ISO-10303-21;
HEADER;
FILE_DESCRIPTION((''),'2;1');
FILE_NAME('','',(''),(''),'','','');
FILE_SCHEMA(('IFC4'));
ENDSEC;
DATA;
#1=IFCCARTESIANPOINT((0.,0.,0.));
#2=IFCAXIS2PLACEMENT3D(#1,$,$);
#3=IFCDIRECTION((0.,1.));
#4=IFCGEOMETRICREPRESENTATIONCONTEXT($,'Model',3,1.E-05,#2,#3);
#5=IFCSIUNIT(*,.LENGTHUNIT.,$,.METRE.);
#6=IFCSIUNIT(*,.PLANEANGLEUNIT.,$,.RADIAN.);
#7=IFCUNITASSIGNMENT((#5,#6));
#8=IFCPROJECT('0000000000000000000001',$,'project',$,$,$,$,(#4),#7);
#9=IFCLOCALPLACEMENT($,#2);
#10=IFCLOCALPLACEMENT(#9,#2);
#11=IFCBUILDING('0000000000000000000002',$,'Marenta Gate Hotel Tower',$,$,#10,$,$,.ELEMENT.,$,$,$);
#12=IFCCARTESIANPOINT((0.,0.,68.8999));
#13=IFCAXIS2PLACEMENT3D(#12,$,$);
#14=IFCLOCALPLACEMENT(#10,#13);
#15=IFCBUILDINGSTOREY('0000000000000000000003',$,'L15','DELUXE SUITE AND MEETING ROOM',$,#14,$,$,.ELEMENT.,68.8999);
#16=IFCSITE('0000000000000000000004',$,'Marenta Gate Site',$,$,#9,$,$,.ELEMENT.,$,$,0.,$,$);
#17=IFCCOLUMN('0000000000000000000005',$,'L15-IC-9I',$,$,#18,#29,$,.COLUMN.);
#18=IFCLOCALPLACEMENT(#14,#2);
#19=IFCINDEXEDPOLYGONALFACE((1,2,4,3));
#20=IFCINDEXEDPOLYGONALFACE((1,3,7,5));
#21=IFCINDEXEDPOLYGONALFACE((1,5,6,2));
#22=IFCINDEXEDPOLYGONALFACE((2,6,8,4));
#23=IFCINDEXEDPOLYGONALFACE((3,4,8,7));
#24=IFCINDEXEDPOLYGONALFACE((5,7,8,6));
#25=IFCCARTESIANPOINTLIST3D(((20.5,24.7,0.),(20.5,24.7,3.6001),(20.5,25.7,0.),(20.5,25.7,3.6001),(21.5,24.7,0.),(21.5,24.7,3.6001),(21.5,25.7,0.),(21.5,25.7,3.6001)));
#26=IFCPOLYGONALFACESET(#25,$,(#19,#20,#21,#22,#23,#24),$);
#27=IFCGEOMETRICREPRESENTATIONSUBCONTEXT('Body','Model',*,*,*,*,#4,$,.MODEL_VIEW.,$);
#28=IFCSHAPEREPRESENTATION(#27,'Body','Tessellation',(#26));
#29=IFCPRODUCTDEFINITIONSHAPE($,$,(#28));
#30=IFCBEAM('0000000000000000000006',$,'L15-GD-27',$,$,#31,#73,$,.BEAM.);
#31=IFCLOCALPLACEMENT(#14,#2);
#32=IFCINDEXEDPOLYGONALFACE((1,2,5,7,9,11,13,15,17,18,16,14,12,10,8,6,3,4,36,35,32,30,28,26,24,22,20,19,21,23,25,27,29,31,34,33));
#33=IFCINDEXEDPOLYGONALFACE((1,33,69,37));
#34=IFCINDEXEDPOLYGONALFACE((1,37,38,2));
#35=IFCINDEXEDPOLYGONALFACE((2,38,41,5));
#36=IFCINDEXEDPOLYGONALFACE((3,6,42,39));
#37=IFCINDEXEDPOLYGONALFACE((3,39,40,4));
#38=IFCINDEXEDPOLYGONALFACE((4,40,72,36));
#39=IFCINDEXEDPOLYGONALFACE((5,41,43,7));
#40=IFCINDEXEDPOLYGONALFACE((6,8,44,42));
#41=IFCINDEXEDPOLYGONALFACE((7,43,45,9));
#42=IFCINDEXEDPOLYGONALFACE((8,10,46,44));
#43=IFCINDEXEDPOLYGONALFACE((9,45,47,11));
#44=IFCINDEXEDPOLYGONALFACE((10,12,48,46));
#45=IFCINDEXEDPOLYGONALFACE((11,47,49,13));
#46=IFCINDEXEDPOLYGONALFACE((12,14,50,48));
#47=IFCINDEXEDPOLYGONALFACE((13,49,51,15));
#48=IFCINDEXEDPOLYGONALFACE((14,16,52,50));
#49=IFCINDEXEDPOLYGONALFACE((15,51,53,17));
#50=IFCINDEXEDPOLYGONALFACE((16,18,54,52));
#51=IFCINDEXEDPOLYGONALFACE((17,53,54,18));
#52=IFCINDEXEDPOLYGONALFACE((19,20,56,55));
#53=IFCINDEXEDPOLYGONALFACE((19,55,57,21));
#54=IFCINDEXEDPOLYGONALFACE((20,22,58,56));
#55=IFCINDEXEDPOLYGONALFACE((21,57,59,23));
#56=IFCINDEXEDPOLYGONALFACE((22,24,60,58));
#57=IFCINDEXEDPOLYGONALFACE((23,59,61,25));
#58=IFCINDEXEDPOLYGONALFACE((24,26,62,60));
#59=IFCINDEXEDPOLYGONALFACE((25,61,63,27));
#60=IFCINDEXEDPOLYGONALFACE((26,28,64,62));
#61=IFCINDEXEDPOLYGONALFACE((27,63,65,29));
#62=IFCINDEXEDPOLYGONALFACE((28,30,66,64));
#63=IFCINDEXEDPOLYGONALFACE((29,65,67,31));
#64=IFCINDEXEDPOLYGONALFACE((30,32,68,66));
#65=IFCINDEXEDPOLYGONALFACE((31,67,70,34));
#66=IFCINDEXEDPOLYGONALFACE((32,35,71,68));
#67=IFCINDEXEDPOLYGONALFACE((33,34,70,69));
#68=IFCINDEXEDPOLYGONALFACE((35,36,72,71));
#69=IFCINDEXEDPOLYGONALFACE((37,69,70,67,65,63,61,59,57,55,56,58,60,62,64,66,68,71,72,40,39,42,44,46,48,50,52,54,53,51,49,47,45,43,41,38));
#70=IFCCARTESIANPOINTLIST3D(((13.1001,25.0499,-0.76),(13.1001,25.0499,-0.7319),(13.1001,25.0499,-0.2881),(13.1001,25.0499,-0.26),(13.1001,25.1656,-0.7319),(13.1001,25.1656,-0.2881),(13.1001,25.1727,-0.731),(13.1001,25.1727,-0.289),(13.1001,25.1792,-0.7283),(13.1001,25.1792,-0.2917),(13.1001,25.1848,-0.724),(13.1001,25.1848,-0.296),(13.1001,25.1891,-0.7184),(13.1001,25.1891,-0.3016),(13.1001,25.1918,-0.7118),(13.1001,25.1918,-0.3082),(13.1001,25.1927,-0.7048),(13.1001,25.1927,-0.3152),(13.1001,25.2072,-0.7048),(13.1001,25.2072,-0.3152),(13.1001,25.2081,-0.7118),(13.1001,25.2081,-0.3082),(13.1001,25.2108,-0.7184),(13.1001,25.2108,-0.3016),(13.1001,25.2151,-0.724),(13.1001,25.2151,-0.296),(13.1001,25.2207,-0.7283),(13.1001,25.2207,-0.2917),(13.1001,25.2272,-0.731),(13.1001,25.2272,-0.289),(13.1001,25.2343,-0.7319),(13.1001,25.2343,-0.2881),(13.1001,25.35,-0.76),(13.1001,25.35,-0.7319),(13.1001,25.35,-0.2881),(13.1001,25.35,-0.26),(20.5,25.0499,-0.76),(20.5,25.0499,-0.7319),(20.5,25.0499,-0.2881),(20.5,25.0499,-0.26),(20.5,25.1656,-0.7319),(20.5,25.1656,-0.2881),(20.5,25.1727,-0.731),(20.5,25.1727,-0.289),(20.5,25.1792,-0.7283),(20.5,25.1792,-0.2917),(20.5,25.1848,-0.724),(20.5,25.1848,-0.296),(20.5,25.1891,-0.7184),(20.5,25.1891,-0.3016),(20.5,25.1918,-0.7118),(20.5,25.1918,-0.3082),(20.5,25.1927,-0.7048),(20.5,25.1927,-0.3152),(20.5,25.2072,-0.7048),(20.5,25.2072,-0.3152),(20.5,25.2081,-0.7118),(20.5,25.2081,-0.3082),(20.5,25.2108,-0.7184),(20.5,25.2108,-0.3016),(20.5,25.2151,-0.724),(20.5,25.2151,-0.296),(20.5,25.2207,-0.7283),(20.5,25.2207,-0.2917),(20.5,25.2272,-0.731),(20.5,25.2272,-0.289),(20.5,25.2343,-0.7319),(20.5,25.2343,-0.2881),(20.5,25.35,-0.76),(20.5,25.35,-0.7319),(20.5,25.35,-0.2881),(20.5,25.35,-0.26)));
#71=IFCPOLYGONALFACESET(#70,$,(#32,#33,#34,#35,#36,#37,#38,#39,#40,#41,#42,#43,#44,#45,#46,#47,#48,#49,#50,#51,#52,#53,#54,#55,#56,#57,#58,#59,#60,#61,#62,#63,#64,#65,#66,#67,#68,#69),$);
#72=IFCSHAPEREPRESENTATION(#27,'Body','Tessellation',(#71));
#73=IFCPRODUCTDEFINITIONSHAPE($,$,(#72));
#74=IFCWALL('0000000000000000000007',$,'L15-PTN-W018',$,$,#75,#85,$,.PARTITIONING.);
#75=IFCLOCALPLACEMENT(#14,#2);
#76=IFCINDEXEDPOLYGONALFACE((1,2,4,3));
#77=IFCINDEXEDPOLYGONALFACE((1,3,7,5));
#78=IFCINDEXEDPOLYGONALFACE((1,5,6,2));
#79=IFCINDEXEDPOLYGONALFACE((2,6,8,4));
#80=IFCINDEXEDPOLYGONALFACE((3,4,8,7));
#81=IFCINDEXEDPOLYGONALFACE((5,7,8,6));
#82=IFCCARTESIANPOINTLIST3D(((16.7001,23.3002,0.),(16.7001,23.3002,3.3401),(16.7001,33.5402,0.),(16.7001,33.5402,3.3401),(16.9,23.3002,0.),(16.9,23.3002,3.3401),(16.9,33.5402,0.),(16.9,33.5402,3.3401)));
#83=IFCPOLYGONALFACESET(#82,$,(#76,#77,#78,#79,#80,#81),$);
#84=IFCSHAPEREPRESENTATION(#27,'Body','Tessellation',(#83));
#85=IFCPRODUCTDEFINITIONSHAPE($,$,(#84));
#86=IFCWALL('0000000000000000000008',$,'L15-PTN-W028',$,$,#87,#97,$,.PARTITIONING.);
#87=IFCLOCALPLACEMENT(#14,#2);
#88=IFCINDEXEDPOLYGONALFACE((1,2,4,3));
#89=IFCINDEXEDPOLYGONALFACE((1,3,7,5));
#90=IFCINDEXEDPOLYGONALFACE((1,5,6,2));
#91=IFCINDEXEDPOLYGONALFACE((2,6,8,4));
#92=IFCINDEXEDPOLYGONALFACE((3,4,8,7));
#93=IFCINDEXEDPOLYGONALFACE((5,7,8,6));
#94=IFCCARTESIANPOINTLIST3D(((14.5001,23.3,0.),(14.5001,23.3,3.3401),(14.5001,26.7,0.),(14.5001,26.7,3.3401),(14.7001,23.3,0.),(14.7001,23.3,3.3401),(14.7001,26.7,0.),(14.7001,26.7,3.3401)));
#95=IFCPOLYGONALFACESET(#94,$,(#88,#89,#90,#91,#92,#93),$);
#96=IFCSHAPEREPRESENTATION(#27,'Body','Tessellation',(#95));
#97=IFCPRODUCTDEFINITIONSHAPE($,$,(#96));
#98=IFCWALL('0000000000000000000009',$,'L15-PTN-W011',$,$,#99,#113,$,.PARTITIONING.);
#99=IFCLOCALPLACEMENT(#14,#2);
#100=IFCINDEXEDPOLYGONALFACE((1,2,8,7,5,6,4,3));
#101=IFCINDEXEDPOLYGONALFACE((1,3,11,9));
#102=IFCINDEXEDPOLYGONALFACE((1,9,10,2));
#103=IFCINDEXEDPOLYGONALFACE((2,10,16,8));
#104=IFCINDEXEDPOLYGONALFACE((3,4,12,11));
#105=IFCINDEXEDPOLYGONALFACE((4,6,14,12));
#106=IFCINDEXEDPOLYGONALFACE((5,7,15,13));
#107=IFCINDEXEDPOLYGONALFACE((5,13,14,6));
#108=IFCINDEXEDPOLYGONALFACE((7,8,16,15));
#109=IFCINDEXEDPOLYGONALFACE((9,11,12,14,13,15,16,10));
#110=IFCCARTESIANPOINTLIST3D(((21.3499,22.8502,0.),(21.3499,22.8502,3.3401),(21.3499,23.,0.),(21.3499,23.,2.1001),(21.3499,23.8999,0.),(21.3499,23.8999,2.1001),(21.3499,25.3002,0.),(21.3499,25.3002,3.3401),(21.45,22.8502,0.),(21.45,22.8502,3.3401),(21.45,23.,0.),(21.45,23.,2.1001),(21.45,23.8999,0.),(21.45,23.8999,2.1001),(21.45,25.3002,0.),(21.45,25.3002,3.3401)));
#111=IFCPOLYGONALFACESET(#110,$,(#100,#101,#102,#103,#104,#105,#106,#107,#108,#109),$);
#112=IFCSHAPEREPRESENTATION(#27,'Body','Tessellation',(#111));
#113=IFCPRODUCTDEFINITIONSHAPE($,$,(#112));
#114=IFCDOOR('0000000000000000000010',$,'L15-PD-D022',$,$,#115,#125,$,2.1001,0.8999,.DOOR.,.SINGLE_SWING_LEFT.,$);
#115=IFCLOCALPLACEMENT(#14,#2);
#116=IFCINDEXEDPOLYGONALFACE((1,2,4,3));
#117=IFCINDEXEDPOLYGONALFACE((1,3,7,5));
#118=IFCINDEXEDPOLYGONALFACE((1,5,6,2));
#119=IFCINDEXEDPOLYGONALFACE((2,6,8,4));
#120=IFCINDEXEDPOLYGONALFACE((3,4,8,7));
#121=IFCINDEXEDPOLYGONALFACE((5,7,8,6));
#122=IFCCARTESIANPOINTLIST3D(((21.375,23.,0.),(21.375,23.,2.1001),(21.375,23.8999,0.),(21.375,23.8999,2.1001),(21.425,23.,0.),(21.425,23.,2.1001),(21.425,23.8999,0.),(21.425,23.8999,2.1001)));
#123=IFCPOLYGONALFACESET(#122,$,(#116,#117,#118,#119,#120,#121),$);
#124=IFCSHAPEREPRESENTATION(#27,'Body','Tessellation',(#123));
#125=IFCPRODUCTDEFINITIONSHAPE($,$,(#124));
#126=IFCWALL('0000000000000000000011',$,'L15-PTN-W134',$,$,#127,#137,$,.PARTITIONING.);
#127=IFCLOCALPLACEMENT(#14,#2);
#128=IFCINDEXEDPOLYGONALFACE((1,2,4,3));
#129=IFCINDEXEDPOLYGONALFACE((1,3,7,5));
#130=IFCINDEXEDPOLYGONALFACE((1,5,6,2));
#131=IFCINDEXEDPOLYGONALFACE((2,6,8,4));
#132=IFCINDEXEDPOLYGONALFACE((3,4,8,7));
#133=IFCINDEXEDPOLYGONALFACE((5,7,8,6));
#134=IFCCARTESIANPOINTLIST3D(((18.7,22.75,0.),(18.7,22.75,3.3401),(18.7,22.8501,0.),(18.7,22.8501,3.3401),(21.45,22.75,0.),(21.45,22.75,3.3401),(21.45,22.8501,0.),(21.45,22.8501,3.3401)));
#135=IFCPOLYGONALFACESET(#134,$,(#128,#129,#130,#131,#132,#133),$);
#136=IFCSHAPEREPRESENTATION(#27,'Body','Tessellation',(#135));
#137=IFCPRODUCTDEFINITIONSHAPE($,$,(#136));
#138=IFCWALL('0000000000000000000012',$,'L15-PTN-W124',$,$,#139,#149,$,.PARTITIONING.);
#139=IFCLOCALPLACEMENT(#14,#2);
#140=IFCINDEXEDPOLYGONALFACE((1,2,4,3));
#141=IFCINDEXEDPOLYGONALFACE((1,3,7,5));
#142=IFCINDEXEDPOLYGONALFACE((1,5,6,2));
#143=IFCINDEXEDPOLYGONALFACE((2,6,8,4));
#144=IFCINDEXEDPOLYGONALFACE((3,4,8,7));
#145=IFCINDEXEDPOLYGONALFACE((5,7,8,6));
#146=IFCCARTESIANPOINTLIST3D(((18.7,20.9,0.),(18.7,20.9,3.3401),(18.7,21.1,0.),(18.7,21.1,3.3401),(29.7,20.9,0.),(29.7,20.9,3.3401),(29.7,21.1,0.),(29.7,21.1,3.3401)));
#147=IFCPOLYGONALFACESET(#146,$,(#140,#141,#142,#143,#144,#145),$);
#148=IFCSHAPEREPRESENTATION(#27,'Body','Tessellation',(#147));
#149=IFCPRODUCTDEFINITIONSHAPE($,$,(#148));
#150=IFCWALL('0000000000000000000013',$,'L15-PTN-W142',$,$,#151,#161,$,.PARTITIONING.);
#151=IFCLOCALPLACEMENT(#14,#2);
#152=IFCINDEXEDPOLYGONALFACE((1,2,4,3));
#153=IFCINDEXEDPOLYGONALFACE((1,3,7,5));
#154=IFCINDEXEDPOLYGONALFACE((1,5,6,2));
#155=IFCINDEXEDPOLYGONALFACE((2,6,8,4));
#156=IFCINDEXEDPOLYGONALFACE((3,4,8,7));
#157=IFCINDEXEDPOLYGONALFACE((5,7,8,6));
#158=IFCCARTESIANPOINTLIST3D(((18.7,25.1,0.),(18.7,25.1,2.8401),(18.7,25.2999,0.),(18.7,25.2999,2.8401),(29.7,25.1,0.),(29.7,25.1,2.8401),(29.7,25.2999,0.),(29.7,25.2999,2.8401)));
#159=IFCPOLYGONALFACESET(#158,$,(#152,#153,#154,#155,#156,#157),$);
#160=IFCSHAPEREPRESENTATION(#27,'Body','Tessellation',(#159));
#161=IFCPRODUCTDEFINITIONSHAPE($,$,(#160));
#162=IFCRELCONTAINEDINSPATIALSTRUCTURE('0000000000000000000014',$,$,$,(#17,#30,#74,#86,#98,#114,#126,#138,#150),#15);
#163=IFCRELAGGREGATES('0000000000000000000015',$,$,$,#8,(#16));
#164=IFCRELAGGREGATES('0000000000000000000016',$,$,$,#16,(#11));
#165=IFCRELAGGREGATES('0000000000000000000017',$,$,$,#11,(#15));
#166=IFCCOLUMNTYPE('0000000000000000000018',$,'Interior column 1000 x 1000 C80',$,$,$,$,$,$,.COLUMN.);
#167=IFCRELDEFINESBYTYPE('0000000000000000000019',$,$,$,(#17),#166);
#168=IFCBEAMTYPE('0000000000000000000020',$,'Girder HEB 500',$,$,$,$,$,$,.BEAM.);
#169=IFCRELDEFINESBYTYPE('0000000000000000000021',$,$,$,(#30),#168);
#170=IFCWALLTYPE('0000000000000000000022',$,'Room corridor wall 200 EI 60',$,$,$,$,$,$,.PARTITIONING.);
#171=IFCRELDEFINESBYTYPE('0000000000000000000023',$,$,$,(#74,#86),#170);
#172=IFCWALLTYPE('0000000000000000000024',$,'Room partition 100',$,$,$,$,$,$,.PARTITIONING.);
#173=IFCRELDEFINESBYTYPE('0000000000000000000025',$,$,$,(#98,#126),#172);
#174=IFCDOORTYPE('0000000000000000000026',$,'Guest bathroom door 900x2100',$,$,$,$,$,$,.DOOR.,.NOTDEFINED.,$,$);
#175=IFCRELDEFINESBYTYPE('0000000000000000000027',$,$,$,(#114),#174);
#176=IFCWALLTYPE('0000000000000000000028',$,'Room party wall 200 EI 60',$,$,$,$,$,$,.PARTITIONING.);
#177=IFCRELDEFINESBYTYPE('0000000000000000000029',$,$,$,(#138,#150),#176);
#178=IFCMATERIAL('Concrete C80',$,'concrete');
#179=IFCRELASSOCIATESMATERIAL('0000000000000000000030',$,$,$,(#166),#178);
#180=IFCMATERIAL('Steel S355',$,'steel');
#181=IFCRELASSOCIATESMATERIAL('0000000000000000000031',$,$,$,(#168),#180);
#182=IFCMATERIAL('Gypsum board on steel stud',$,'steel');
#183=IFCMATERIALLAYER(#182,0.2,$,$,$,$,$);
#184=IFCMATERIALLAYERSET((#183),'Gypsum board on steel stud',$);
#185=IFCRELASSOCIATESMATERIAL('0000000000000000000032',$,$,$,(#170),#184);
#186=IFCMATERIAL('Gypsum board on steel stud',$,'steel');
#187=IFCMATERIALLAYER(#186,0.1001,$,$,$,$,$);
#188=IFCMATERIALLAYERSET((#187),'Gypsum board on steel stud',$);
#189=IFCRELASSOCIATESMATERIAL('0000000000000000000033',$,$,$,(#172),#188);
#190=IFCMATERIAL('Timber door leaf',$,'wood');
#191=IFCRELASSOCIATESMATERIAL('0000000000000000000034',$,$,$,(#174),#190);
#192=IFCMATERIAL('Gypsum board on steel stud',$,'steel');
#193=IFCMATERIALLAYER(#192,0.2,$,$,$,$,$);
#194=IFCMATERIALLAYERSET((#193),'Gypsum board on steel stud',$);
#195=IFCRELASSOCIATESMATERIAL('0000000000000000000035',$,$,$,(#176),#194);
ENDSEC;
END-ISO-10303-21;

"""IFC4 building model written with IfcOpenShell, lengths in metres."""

from ifc_helpers import new_model, si_unit, direction, frame, frame_2d, origin, origin_2d, place, context, subcontext, project, spatial, rectangle, i_section, extrude, material, layer, layer_set, material_profile, profile_set, type_object, element, fill, save


model = new_model("IFC4")

# Units and contexts
model_context = context("Model", 3, precision=1e-05, world=origin(), true_north=direction((0.0, 1.0)))
body_context = subcontext(model_context, "Body", "Model", "MODEL_VIEW")
ifc_project = project(units=[si_unit("LENGTHUNIT", "METRE"), si_unit("PLANEANGLEUNIT", "RADIAN")], contexts=[model_context])

# Site, building, storey
site_placement = place(None, origin())
site = spatial("IfcSite", under=ifc_project, at=site_placement, Name="Marenta Gate Site", CompositionType="ELEMENT", RefElevation=0.0)
building_placement = place(site_placement, origin())
building = spatial("IfcBuilding", under=site, at=building_placement, Name="Marenta Gate Hotel Tower", CompositionType="ELEMENT")
storey_placement = place(building_placement, frame((0.0, 0.0, 68.8999)))
storey = spatial("IfcBuildingStorey", under=building, at=storey_placement, Name="L15", Description="DELUXE SUITE AND MEETING ROOM", CompositionType="ELEMENT", Elevation=68.8999)

# Column
ifc_material_1 = material(Name="Concrete C80", Category="concrete")
ifc_material_profile_1 = material_profile(ifc_material_1, rectangle(XDim=1.0, YDim=1.0, at=origin_2d()), Name="1000 x 1000")
ifc_profile_set_1 = profile_set([ifc_material_profile_1], Name="Concrete C80")
column_type = type_object("IfcColumnType", Name="Interior column 1000 x 1000 C80", PredefinedType="COLUMN", material=ifc_profile_set_1)
column_placement = place(storey_placement, frame((21.0, 25.2, 0.0), z_axis=(0.0, 0.0, 1.0), x_axis=(1.0, 0.0, 0.0)))
element("IfcColumn", 1, at=column_placement, inside=storey, type_object=column_type, Name="L15-IC-9I", PredefinedType="COLUMN", context=body_context, shape_type="SweptSolid", body=[
    extrude(rectangle(XDim=1.0, YDim=1.0, at=origin_2d()), origin(), (0.0, 0.0, 1.0), 3.6001),
])

# Beam
ifc_material_2 = material(Name="Steel S355", Category="steel")
ifc_material_profile_2 = material_profile(ifc_material_2, i_section(OverallWidth=0.3, OverallDepth=0.5, WebThickness=0.0144, FlangeThickness=0.0281, FilletRadius=0.0271, at=origin_2d()), Name="HEB 500")
ifc_profile_set_2 = profile_set([ifc_material_profile_2], Name="Steel S355")
beam_type = type_object("IfcBeamType", Name="Girder HEB 500", PredefinedType="BEAM", material=ifc_profile_set_2)
beam_placement = place(storey_placement, frame((13.1001, 25.2, -0.51), z_axis=(1.0, 0.0, 0.0), x_axis=(0.0, 1.0, 0.0)))
element("IfcBeam", 2, at=beam_placement, inside=storey, type_object=beam_type, Name="L15-GD-27", PredefinedType="BEAM", context=body_context, shape_type="SweptSolid", body=[
    extrude(i_section(OverallWidth=0.3, OverallDepth=0.5, WebThickness=0.0144, FlangeThickness=0.0281, FilletRadius=0.0271, at=origin_2d()), origin(), (0.0, 0.0, 1.0), 7.3999),
])

# Walls
ifc_material_3 = material(Name="Gypsum board on steel stud", Category="steel")
ifc_layer_1 = layer(ifc_material_3, 0.2)
ifc_layer_set_1 = layer_set([ifc_layer_1], Name="Gypsum board on steel stud")
wall_type_1 = type_object("IfcWallType", Name="Room corridor wall 200 EI 60", PredefinedType="PARTITIONING", material=ifc_layer_set_1)
wall_1_placement = place(storey_placement, frame((16.8, 23.3, 0.0), z_axis=(0.0, 0.0, 1.0), x_axis=(0.0, 1.0, 0.0)))
element("IfcWall", 3, at=wall_1_placement, inside=storey, type_object=wall_type_1, Name="L15-PTN-W018", PredefinedType="PARTITIONING", context=body_context, shape_type="SweptSolid", body=[
    extrude(rectangle(XDim=10.24, YDim=0.2, at=frame_2d((5.1201, 0.0))), origin(), (0.0, 0.0, 1.0), 3.3401),
])
wall_2_placement = place(storey_placement, frame((14.6001, 23.3, 0.0), z_axis=(0.0, 0.0, 1.0), x_axis=(0.0, 1.0, 0.0)))
element("IfcWall", 4, at=wall_2_placement, inside=storey, type_object=wall_type_1, Name="L15-PTN-W028", PredefinedType="PARTITIONING", context=body_context, shape_type="SweptSolid", body=[
    extrude(rectangle(XDim=3.3999, YDim=0.2, at=frame_2d((1.7, 0.0))), origin(), (0.0, 0.0, 1.0), 3.3401),
])

# Wall, opening, door
ifc_material_4 = material(Name="Gypsum board on steel stud", Category="steel")
ifc_layer_2 = layer(ifc_material_4, 0.1001)
ifc_layer_set_2 = layer_set([ifc_layer_2], Name="Gypsum board on steel stud")
wall_type_2 = type_object("IfcWallType", Name="Room partition 100", PredefinedType="PARTITIONING", material=ifc_layer_set_2)
wall_3_placement = place(storey_placement, frame((21.3999, 22.8501, 0.0), z_axis=(0.0, 0.0, 1.0), x_axis=(0.0, 1.0, 0.0)))
wall_3 = element("IfcWall", 5, at=wall_3_placement, inside=storey, type_object=wall_type_2, Name="L15-PTN-W011", PredefinedType="PARTITIONING", context=body_context, shape_type="SweptSolid", body=[
    extrude(rectangle(XDim=2.45, YDim=0.1001, at=frame_2d((1.2251, 0.0))), origin(), (0.0, 0.0, 1.0), 3.3401),
])
opening_1_placement = place(wall_3_placement, frame((0.1499, 0.0, 0.0)))
opening_1 = element("IfcOpeningElement", 6, at=opening_1_placement, cuts=wall_3, PredefinedType="OPENING", context=body_context, shape_type="SweptSolid", body=[
    extrude(rectangle(XDim=0.8999, YDim=2.1001, at=frame_2d((0.45, 1.05))), frame((0.0, 0.05, 0.0), z_axis=(0.0, -1.0, 0.0), x_axis=(1.0, 0.0, 0.0)), (0.0, 0.0, 1.0), 0.1001),
])
ifc_material_5 = material(Name="Timber door leaf", Category="wood")
door_type_1 = type_object("IfcDoorType", Name="Guest bathroom door 900x2100", OperationType="NOTDEFINED", PredefinedType="DOOR", material=ifc_material_5)
door_1_placement = place(opening_1_placement, origin())
door_1 = element("IfcDoor", 7, at=door_1_placement, inside=storey, type_object=door_type_1, Name="L15-PD-D022", OperationType="SINGLE_SWING_LEFT", OverallHeight=2.1001, OverallWidth=0.8999, PredefinedType="DOOR", context=body_context, shape_type="SweptSolid", body=[
    extrude(rectangle(XDim=0.8999, YDim=2.1001, at=frame_2d((0.45, 1.05))), frame((0.0, 0.0249, 0.0), z_axis=(0.0, -1.0, 0.0), x_axis=(1.0, 0.0, 0.0)), (0.0, 0.0, 1.0), 0.05),
])
fill(opening_1, door_1)

# Walls
wall_4_placement = place(storey_placement, frame((18.7, 22.8, 0.0), z_axis=(0.0, 0.0, 1.0), x_axis=(1.0, 0.0, 0.0)))
element("IfcWall", 8, at=wall_4_placement, inside=storey, type_object=wall_type_2, Name="L15-PTN-W134", PredefinedType="PARTITIONING", context=body_context, shape_type="SweptSolid", body=[
    extrude(rectangle(XDim=2.75, YDim=0.1001, at=frame_2d((1.375, 0.0))), origin(), (0.0, 0.0, 1.0), 3.3401),
])
ifc_material_6 = material(Name="Gypsum board on steel stud", Category="steel")
ifc_layer_3 = layer(ifc_material_6, 0.2)
ifc_layer_set_3 = layer_set([ifc_layer_3], Name="Gypsum board on steel stud")
wall_type_3 = type_object("IfcWallType", Name="Room party wall 200 EI 60", PredefinedType="PARTITIONING", material=ifc_layer_set_3)
wall_5_placement = place(storey_placement, frame((18.7, 21.0, 0.0), z_axis=(0.0, 0.0, 1.0), x_axis=(1.0, 0.0, 0.0)))
element("IfcWall", 9, at=wall_5_placement, inside=storey, type_object=wall_type_3, Name="L15-PTN-W124", PredefinedType="PARTITIONING", context=body_context, shape_type="SweptSolid", body=[
    extrude(rectangle(XDim=11.0, YDim=0.2, at=frame_2d((5.5, 0.0))), origin(), (0.0, 0.0, 1.0), 3.3401),
])
wall_6_placement = place(storey_placement, frame((18.7, 25.2, 0.0), z_axis=(0.0, 0.0, 1.0), x_axis=(1.0, 0.0, 0.0)))
element("IfcWall", 10, at=wall_6_placement, inside=storey, type_object=wall_type_3, Name="L15-PTN-W142", PredefinedType="PARTITIONING", context=body_context, shape_type="SweptSolid", body=[
    extrude(rectangle(XDim=11.0, YDim=0.2, at=frame_2d((5.5, 0.0))), origin(), (0.0, 0.0, 1.0), 2.8401),
])

save(model, "model.ifc")
